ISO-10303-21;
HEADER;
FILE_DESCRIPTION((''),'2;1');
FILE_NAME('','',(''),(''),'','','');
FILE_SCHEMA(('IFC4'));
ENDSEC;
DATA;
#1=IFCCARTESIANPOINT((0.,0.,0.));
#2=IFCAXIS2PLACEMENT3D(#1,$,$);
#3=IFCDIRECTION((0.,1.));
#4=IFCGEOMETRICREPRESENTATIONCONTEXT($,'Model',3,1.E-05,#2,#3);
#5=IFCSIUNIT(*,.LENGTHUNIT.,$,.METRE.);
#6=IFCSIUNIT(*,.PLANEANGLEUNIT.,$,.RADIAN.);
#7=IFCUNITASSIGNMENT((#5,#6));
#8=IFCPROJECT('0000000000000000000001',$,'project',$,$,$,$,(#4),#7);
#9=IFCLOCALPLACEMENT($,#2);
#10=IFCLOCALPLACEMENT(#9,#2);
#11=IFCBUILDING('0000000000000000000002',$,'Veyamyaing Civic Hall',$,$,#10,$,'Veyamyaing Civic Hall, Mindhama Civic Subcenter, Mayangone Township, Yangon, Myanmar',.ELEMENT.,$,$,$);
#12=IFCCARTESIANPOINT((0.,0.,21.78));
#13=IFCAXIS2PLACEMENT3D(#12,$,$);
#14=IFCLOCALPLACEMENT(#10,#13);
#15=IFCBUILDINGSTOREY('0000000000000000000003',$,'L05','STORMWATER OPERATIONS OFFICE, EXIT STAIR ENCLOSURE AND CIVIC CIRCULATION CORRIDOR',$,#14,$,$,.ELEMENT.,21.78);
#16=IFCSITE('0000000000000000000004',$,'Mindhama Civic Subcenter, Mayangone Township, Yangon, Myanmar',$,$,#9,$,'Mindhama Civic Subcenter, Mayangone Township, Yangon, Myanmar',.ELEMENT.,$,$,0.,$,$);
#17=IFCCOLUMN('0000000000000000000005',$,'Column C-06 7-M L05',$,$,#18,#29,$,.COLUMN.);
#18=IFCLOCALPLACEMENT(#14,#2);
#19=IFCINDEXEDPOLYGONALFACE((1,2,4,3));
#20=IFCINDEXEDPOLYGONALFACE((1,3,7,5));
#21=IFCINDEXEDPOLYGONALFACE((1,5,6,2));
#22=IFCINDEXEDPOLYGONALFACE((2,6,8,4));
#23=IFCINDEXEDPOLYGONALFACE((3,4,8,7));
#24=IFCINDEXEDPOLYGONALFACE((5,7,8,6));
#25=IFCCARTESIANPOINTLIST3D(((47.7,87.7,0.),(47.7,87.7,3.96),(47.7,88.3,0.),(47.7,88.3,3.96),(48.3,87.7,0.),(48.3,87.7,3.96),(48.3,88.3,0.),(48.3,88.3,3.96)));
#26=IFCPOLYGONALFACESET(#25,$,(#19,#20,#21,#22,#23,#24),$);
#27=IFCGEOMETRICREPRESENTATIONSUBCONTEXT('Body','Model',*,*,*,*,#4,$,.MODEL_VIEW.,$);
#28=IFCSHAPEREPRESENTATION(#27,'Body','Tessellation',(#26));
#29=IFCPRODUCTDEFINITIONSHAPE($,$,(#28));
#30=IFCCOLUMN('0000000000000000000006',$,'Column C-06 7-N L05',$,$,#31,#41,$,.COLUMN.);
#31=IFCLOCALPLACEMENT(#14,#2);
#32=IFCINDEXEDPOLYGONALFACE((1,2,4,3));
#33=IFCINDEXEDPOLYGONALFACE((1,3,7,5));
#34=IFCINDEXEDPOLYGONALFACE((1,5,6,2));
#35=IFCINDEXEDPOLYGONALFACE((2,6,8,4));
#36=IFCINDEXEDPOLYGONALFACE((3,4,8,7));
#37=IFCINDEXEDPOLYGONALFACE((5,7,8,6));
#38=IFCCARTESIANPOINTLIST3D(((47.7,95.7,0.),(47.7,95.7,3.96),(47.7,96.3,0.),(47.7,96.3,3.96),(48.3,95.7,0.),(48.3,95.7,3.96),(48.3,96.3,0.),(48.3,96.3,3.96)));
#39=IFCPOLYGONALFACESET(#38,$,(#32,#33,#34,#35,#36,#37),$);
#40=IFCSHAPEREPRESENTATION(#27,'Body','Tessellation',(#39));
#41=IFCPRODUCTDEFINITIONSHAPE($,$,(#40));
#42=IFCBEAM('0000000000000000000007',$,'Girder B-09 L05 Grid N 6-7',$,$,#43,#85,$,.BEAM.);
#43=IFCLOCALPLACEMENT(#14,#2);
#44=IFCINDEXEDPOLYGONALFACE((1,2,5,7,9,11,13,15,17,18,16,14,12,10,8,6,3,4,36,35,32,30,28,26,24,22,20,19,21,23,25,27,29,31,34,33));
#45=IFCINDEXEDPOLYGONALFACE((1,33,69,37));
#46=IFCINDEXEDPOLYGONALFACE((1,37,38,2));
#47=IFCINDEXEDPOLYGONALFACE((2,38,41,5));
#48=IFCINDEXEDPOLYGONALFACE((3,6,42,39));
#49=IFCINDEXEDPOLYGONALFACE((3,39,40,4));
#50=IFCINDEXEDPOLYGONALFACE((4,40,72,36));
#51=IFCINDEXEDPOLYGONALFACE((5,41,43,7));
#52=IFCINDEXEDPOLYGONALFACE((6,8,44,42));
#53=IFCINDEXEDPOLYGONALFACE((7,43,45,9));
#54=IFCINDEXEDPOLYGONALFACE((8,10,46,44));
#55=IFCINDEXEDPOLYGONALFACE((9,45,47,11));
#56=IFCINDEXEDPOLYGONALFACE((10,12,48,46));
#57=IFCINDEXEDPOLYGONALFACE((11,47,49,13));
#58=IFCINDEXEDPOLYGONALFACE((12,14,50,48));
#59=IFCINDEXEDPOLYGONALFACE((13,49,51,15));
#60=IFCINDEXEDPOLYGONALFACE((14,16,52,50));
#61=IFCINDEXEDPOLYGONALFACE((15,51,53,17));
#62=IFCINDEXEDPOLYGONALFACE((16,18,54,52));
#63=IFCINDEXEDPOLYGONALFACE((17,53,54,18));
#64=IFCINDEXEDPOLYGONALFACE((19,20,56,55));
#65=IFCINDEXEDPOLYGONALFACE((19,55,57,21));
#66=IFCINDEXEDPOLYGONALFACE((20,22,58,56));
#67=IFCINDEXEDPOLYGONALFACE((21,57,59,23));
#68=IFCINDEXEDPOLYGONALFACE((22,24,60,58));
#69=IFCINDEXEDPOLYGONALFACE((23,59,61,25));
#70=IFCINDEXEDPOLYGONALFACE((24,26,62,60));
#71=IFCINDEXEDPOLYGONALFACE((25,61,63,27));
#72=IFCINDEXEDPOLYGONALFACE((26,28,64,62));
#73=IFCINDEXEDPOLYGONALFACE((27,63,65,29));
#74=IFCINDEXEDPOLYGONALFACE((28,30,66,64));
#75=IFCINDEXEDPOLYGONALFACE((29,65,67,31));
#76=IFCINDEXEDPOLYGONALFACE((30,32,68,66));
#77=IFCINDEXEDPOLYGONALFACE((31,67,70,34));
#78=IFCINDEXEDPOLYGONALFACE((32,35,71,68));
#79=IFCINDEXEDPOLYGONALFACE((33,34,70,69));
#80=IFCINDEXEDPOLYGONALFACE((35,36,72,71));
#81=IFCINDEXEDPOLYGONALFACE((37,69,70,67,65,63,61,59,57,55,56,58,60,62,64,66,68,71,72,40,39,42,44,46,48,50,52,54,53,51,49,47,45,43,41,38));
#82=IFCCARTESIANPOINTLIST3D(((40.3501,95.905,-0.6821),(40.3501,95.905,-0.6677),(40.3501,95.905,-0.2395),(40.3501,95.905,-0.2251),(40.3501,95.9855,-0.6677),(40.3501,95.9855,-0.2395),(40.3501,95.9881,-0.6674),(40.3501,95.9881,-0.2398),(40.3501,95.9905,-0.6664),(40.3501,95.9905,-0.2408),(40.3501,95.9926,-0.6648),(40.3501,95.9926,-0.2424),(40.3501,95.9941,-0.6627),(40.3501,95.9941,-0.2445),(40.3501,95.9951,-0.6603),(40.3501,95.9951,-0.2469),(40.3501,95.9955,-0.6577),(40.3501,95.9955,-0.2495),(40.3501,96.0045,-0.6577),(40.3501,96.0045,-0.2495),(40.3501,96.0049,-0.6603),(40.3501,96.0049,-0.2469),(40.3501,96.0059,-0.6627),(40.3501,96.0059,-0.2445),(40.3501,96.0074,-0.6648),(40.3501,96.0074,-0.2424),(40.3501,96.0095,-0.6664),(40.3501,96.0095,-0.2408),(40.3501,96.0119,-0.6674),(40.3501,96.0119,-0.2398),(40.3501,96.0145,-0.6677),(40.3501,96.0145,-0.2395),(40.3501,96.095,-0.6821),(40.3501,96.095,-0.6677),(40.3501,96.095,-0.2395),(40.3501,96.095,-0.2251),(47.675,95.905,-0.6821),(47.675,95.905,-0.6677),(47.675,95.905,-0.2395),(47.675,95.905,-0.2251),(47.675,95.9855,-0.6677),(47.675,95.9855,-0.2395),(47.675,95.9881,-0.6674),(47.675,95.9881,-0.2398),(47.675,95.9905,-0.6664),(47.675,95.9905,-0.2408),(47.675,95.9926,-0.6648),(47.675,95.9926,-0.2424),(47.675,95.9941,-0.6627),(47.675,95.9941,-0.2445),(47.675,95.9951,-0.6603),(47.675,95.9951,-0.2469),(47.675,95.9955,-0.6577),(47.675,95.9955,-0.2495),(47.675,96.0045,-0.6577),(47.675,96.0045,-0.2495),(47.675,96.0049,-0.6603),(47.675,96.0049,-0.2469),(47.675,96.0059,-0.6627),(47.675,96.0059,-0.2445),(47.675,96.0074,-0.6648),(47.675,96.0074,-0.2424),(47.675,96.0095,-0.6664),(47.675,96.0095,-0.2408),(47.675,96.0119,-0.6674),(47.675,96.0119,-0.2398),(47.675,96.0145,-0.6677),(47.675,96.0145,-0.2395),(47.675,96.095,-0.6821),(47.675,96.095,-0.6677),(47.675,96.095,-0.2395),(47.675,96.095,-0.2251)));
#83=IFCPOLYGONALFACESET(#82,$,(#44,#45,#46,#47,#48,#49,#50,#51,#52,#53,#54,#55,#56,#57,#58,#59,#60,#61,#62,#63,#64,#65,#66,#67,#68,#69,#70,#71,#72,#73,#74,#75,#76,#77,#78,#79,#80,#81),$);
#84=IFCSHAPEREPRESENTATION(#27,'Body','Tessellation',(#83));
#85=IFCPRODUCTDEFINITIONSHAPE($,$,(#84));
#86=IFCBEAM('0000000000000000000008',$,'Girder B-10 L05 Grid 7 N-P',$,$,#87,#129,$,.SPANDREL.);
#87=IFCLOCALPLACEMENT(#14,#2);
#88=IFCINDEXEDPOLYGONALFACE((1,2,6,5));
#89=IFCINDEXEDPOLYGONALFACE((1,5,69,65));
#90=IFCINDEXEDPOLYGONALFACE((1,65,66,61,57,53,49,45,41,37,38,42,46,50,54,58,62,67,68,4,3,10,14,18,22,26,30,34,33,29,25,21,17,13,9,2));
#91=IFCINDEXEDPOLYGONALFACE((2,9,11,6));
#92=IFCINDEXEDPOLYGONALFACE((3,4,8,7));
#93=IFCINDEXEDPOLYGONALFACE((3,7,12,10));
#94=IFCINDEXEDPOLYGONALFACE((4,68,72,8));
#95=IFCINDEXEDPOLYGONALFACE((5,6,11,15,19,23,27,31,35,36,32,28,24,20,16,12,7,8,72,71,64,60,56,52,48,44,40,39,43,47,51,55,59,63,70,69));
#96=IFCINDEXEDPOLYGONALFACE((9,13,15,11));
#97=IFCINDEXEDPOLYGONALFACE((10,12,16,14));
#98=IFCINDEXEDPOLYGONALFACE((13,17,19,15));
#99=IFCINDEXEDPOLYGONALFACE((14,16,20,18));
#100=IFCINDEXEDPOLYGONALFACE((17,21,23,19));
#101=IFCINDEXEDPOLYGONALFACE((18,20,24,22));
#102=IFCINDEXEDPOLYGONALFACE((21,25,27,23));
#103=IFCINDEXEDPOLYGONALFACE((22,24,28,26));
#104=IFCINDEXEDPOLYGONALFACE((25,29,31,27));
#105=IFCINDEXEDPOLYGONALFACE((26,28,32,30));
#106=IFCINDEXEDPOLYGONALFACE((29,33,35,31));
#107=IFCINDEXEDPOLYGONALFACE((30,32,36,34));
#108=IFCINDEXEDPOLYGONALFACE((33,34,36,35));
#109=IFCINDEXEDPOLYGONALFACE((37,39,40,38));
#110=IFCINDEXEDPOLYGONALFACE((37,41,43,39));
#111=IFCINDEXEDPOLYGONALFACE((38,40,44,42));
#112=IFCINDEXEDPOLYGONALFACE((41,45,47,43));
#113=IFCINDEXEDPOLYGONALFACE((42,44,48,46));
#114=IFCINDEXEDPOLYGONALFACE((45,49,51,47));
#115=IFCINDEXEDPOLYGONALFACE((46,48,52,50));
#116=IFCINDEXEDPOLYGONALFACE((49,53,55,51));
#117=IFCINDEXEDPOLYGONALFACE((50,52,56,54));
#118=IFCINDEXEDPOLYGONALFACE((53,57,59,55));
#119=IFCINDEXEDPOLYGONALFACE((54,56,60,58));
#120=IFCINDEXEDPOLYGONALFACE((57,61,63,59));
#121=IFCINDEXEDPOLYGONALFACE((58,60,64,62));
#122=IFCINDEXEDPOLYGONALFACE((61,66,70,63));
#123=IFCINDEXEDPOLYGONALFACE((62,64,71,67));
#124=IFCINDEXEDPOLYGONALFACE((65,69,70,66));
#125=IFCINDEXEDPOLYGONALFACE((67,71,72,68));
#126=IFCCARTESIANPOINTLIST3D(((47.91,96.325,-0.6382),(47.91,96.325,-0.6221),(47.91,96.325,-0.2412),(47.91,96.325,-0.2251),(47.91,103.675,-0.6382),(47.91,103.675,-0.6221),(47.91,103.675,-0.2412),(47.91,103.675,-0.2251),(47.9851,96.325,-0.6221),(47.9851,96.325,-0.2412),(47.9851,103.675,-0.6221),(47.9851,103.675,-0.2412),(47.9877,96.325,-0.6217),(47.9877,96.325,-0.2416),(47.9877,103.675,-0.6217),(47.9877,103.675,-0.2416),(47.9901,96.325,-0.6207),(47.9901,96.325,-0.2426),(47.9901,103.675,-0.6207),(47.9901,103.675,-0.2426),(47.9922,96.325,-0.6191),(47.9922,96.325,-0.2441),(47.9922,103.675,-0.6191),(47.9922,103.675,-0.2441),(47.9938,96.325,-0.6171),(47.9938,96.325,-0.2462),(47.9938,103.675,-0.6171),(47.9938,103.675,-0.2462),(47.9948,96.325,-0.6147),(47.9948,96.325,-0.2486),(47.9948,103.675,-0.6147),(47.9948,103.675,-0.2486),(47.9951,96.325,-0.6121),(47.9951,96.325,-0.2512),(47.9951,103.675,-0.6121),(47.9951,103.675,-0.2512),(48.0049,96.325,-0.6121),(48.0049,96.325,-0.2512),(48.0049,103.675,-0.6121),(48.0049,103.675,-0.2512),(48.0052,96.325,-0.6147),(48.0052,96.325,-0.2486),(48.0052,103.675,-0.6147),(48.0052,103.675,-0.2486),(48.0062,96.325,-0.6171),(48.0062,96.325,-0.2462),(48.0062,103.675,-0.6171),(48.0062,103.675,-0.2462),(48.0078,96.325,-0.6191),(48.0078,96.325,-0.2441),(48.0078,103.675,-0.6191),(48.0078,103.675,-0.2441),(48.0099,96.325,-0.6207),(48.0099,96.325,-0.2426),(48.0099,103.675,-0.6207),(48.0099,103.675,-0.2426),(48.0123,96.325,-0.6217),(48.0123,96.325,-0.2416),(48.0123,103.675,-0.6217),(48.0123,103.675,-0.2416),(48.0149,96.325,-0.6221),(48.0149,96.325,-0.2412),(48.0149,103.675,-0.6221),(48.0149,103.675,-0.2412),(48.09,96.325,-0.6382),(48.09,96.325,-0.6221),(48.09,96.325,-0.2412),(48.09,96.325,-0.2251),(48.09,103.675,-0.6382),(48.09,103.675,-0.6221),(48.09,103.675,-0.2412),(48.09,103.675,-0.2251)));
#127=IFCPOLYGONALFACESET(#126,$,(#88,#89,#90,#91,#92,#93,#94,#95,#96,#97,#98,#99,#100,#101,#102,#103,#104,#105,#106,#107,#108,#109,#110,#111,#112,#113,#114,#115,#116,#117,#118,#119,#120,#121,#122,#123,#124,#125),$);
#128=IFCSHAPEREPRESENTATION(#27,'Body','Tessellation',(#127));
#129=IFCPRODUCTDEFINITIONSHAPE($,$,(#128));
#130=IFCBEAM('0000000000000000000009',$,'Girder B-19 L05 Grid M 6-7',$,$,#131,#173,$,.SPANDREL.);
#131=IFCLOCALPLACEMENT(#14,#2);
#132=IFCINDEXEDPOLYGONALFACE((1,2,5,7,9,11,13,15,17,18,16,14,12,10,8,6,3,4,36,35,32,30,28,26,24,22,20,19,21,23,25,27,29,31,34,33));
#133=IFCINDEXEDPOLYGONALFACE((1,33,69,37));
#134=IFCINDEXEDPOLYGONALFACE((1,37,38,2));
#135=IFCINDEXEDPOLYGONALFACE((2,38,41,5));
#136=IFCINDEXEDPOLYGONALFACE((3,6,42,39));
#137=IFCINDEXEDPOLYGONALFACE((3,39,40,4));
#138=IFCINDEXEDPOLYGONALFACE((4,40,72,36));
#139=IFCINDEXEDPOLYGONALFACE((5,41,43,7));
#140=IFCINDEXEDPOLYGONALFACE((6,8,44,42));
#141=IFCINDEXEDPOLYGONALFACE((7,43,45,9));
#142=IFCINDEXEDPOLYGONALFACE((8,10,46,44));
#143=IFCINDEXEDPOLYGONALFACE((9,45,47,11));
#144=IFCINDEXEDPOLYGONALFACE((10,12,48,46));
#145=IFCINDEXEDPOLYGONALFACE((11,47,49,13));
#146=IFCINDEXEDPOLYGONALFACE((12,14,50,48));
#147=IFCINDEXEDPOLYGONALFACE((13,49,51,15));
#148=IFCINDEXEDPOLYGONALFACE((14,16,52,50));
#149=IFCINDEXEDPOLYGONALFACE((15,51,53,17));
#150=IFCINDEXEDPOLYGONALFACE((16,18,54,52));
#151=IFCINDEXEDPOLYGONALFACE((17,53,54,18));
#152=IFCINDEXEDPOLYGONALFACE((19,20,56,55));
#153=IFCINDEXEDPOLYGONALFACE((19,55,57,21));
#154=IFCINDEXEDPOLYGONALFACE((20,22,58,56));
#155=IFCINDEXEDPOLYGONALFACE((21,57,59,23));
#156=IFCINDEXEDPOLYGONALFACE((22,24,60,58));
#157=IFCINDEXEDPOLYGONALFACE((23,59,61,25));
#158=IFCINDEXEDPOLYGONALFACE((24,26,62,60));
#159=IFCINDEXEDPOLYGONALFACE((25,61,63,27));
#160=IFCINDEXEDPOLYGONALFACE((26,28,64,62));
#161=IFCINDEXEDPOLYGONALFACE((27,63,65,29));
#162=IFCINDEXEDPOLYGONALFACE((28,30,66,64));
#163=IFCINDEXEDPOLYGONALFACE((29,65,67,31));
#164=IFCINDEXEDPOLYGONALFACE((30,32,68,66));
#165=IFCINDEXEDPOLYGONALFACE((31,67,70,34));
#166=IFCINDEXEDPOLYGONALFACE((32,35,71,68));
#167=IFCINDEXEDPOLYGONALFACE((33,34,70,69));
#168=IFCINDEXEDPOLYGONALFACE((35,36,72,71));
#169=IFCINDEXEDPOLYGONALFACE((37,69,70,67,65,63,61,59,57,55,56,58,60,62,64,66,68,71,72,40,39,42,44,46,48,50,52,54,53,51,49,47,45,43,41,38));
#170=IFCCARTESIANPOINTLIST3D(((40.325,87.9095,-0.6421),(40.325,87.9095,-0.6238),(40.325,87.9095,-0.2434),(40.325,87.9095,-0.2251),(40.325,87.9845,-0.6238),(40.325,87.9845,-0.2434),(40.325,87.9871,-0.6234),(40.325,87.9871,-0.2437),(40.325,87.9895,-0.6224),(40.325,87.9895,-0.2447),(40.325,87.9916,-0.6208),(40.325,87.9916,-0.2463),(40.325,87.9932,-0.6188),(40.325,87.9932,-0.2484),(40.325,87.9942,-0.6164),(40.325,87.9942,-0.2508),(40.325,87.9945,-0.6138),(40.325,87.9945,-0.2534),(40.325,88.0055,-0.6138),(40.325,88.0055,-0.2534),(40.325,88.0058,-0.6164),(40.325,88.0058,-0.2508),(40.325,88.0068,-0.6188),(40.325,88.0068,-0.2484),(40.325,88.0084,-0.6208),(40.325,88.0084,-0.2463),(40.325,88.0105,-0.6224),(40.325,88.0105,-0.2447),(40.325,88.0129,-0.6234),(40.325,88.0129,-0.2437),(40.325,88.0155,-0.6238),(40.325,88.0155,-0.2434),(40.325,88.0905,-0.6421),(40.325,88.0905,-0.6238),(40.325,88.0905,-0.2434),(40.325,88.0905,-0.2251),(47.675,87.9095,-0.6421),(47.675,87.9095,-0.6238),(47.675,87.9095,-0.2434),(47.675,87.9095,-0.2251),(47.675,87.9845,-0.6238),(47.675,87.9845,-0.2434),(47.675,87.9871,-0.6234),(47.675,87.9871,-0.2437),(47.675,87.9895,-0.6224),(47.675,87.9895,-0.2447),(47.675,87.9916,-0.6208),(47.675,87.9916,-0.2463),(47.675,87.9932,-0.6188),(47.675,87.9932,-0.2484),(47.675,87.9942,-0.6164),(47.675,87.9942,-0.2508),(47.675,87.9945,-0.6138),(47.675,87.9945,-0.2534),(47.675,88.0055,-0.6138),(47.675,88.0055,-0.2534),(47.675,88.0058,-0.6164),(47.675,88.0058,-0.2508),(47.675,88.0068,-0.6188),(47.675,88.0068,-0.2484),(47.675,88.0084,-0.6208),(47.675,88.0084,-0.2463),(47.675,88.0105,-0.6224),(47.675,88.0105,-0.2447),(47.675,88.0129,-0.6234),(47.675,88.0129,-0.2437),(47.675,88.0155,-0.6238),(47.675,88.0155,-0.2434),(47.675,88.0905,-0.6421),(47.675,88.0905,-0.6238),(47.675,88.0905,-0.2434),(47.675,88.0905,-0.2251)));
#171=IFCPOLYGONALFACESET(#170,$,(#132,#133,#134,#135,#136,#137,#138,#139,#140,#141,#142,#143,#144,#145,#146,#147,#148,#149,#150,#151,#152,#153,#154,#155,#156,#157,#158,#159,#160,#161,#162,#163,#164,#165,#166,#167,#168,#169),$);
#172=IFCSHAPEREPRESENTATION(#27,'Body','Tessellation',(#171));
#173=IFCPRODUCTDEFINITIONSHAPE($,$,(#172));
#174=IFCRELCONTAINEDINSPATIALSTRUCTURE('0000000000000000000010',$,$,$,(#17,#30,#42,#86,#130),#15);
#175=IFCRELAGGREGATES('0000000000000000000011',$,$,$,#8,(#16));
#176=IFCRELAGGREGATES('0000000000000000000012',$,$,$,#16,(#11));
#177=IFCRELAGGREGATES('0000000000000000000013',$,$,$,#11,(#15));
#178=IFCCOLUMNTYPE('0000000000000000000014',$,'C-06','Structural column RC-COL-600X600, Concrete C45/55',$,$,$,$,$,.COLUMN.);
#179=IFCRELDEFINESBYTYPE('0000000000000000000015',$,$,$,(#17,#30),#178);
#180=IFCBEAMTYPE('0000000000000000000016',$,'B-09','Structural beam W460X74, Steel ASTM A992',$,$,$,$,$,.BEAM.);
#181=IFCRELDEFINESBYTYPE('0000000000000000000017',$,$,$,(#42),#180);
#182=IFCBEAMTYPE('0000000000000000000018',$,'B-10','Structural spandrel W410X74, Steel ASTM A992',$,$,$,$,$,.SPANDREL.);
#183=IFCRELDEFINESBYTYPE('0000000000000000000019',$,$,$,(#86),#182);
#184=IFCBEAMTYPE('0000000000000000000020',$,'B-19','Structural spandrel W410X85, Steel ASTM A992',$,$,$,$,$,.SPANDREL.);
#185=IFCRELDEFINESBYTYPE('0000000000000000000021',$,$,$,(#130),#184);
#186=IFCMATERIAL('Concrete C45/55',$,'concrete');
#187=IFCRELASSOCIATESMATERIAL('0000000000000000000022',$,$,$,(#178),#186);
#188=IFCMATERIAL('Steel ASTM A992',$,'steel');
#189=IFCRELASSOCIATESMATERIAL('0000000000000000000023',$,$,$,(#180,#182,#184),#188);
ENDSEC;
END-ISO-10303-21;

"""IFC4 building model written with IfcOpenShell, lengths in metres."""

from ifc_helpers import new_model, si_unit, direction, frame, origin, origin_2d, place, context, subcontext, project, spatial, rectangle, i_section, extrude, material, material_profile, profile_set, type_object, element, save


model = new_model("IFC4")

# Units and contexts
model_context = context("Model", 3, precision=1e-05, world=origin(), true_north=direction((0.0, 1.0)))
body_context = subcontext(model_context, "Body", "Model", "MODEL_VIEW")
ifc_project = project(units=[si_unit("LENGTHUNIT", "METRE"), si_unit("PLANEANGLEUNIT", "RADIAN")], contexts=[model_context])

# Site, building, storey
site_placement = place(None, origin())
site = spatial("IfcSite", under=ifc_project, at=site_placement, Name="Mindhama Civic Subcenter, Mayangone Township, Yangon, Myanmar", LongName="Mindhama Civic Subcenter, Mayangone Township, Yangon, Myanmar", CompositionType="ELEMENT", RefElevation=0.0)
building_placement = place(site_placement, origin())
building = spatial("IfcBuilding", under=site, at=building_placement, Name="Veyamyaing Civic Hall", LongName="Veyamyaing Civic Hall, Mindhama Civic Subcenter, Mayangone Township, Yangon, Myanmar", CompositionType="ELEMENT")
storey_placement = place(building_placement, frame((0.0, 0.0, 21.78)))
storey = spatial("IfcBuildingStorey", under=building, at=storey_placement, Name="L05", Description="STORMWATER OPERATIONS OFFICE, EXIT STAIR ENCLOSURE AND CIVIC CIRCULATION CORRIDOR", CompositionType="ELEMENT", Elevation=21.78)

# Columns
ifc_material_1 = material(Name="Concrete C45/55", Category="concrete")
ifc_material_profile_1 = material_profile(ifc_material_1, rectangle(XDim=0.6001, YDim=0.6001, at=origin_2d()), Name="RC-COL-600X600")
ifc_profile_set_1 = profile_set([ifc_material_profile_1], Name="Concrete C45/55")
column_type = type_object("IfcColumnType", Name="C-06", Description="Structural column RC-COL-600X600, Concrete C45/55", PredefinedType="COLUMN", material=ifc_profile_set_1)
for number, where, z_axis, x_axis, name in (
    (1, (48.0, 88.0, 0.0), (0.0, 0.0, 1.0), (1.0, 0.0, 0.0), "Column C-06 7-M L05"),
    (2, (48.0, 96.0, 0.0), (0.0, 0.0, 1.0), (1.0, 0.0, 0.0), "Column C-06 7-N L05"),
):
    element("IfcColumn", number, at=place(storey_placement, frame(where, z_axis=z_axis, x_axis=x_axis)), inside=storey, type_object=column_type, Name=name, PredefinedType="COLUMN", context=body_context, shape_type="SweptSolid", body=[
        extrude(rectangle(XDim=0.6001, YDim=0.6001, at=origin_2d()), origin(), (0.0, 0.0, 1.0), 3.96),
    ])

# Beams
ifc_material_2 = material(Name="Steel ASTM A992", Category="steel")
ifc_material_profile_2 = material_profile(ifc_material_2, i_section(OverallWidth=0.1899, OverallDepth=0.457, WebThickness=0.009, FlangeThickness=0.0144, FilletRadius=0.01, at=origin_2d()), Name="W460X74")
ifc_profile_set_2 = profile_set([ifc_material_profile_2], Name="Steel ASTM A992")
beam_type_1 = type_object("IfcBeamType", Name="B-09", Description="Structural beam W460X74, Steel ASTM A992", PredefinedType="BEAM", material=ifc_profile_set_2)
beam_1_placement = place(storey_placement, frame((40.3501, 96.0, -0.4536), z_axis=(1.0, 0.0, 0.0), x_axis=(0.0, 1.0, 0.0)))
element("IfcBeam", 3, at=beam_1_placement, inside=storey, type_object=beam_type_1, Name="Girder B-09 L05 Grid N 6-7", PredefinedType="BEAM", context=body_context, shape_type="SweptSolid", body=[
    extrude(i_section(OverallWidth=0.1899, OverallDepth=0.457, WebThickness=0.009, FlangeThickness=0.0144, FilletRadius=0.01, at=origin_2d()), origin(), (0.0, 0.0, 1.0), 7.325),
])
ifc_material_profile_3 = material_profile(ifc_material_2, i_section(OverallWidth=0.1799, OverallDepth=0.4131, WebThickness=0.0098, FlangeThickness=0.0161, FilletRadius=0.01, at=origin_2d()), Name="W410X74")
ifc_profile_set_3 = profile_set([ifc_material_profile_3], Name="Steel ASTM A992")
beam_type_2 = type_object("IfcBeamType", Name="B-10", Description="Structural spandrel W410X74, Steel ASTM A992", PredefinedType="SPANDREL", material=ifc_profile_set_3)
beam_2_placement = place(storey_placement, frame((48.0, 96.325, -0.4316), z_axis=(0.0, 1.0, 0.0), x_axis=(-1.0, 0.0, 0.0)))
element("IfcBeam", 4, at=beam_2_placement, inside=storey, type_object=beam_type_2, Name="Girder B-10 L05 Grid 7 N-P", PredefinedType="SPANDREL", context=body_context, shape_type="SweptSolid", body=[
    extrude(i_section(OverallWidth=0.1799, OverallDepth=0.4131, WebThickness=0.0098, FlangeThickness=0.0161, FilletRadius=0.01, at=origin_2d()), origin(), (0.0, 0.0, 1.0), 7.3501),
])
ifc_material_profile_4 = material_profile(ifc_material_2, i_section(OverallWidth=0.1809, OverallDepth=0.417, WebThickness=0.011, FlangeThickness=0.0183, FilletRadius=0.01, at=origin_2d()), Name="W410X85")
ifc_profile_set_4 = profile_set([ifc_material_profile_4], Name="Steel ASTM A992")
beam_type_3 = type_object("IfcBeamType", Name="B-19", Description="Structural spandrel W410X85, Steel ASTM A992", PredefinedType="SPANDREL", material=ifc_profile_set_4)
beam_3_placement = place(storey_placement, frame((40.325, 88.0, -0.4336), z_axis=(1.0, 0.0, 0.0), x_axis=(0.0, 1.0, 0.0)))
element("IfcBeam", 5, at=beam_3_placement, inside=storey, type_object=beam_type_3, Name="Girder B-19 L05 Grid M 6-7", PredefinedType="SPANDREL", context=body_context, shape_type="SweptSolid", body=[
    extrude(i_section(OverallWidth=0.1809, OverallDepth=0.417, WebThickness=0.011, FlangeThickness=0.0183, FilletRadius=0.01, at=origin_2d()), origin(), (0.0, 0.0, 1.0), 7.3501),
])

save(model, "model.ifc")
